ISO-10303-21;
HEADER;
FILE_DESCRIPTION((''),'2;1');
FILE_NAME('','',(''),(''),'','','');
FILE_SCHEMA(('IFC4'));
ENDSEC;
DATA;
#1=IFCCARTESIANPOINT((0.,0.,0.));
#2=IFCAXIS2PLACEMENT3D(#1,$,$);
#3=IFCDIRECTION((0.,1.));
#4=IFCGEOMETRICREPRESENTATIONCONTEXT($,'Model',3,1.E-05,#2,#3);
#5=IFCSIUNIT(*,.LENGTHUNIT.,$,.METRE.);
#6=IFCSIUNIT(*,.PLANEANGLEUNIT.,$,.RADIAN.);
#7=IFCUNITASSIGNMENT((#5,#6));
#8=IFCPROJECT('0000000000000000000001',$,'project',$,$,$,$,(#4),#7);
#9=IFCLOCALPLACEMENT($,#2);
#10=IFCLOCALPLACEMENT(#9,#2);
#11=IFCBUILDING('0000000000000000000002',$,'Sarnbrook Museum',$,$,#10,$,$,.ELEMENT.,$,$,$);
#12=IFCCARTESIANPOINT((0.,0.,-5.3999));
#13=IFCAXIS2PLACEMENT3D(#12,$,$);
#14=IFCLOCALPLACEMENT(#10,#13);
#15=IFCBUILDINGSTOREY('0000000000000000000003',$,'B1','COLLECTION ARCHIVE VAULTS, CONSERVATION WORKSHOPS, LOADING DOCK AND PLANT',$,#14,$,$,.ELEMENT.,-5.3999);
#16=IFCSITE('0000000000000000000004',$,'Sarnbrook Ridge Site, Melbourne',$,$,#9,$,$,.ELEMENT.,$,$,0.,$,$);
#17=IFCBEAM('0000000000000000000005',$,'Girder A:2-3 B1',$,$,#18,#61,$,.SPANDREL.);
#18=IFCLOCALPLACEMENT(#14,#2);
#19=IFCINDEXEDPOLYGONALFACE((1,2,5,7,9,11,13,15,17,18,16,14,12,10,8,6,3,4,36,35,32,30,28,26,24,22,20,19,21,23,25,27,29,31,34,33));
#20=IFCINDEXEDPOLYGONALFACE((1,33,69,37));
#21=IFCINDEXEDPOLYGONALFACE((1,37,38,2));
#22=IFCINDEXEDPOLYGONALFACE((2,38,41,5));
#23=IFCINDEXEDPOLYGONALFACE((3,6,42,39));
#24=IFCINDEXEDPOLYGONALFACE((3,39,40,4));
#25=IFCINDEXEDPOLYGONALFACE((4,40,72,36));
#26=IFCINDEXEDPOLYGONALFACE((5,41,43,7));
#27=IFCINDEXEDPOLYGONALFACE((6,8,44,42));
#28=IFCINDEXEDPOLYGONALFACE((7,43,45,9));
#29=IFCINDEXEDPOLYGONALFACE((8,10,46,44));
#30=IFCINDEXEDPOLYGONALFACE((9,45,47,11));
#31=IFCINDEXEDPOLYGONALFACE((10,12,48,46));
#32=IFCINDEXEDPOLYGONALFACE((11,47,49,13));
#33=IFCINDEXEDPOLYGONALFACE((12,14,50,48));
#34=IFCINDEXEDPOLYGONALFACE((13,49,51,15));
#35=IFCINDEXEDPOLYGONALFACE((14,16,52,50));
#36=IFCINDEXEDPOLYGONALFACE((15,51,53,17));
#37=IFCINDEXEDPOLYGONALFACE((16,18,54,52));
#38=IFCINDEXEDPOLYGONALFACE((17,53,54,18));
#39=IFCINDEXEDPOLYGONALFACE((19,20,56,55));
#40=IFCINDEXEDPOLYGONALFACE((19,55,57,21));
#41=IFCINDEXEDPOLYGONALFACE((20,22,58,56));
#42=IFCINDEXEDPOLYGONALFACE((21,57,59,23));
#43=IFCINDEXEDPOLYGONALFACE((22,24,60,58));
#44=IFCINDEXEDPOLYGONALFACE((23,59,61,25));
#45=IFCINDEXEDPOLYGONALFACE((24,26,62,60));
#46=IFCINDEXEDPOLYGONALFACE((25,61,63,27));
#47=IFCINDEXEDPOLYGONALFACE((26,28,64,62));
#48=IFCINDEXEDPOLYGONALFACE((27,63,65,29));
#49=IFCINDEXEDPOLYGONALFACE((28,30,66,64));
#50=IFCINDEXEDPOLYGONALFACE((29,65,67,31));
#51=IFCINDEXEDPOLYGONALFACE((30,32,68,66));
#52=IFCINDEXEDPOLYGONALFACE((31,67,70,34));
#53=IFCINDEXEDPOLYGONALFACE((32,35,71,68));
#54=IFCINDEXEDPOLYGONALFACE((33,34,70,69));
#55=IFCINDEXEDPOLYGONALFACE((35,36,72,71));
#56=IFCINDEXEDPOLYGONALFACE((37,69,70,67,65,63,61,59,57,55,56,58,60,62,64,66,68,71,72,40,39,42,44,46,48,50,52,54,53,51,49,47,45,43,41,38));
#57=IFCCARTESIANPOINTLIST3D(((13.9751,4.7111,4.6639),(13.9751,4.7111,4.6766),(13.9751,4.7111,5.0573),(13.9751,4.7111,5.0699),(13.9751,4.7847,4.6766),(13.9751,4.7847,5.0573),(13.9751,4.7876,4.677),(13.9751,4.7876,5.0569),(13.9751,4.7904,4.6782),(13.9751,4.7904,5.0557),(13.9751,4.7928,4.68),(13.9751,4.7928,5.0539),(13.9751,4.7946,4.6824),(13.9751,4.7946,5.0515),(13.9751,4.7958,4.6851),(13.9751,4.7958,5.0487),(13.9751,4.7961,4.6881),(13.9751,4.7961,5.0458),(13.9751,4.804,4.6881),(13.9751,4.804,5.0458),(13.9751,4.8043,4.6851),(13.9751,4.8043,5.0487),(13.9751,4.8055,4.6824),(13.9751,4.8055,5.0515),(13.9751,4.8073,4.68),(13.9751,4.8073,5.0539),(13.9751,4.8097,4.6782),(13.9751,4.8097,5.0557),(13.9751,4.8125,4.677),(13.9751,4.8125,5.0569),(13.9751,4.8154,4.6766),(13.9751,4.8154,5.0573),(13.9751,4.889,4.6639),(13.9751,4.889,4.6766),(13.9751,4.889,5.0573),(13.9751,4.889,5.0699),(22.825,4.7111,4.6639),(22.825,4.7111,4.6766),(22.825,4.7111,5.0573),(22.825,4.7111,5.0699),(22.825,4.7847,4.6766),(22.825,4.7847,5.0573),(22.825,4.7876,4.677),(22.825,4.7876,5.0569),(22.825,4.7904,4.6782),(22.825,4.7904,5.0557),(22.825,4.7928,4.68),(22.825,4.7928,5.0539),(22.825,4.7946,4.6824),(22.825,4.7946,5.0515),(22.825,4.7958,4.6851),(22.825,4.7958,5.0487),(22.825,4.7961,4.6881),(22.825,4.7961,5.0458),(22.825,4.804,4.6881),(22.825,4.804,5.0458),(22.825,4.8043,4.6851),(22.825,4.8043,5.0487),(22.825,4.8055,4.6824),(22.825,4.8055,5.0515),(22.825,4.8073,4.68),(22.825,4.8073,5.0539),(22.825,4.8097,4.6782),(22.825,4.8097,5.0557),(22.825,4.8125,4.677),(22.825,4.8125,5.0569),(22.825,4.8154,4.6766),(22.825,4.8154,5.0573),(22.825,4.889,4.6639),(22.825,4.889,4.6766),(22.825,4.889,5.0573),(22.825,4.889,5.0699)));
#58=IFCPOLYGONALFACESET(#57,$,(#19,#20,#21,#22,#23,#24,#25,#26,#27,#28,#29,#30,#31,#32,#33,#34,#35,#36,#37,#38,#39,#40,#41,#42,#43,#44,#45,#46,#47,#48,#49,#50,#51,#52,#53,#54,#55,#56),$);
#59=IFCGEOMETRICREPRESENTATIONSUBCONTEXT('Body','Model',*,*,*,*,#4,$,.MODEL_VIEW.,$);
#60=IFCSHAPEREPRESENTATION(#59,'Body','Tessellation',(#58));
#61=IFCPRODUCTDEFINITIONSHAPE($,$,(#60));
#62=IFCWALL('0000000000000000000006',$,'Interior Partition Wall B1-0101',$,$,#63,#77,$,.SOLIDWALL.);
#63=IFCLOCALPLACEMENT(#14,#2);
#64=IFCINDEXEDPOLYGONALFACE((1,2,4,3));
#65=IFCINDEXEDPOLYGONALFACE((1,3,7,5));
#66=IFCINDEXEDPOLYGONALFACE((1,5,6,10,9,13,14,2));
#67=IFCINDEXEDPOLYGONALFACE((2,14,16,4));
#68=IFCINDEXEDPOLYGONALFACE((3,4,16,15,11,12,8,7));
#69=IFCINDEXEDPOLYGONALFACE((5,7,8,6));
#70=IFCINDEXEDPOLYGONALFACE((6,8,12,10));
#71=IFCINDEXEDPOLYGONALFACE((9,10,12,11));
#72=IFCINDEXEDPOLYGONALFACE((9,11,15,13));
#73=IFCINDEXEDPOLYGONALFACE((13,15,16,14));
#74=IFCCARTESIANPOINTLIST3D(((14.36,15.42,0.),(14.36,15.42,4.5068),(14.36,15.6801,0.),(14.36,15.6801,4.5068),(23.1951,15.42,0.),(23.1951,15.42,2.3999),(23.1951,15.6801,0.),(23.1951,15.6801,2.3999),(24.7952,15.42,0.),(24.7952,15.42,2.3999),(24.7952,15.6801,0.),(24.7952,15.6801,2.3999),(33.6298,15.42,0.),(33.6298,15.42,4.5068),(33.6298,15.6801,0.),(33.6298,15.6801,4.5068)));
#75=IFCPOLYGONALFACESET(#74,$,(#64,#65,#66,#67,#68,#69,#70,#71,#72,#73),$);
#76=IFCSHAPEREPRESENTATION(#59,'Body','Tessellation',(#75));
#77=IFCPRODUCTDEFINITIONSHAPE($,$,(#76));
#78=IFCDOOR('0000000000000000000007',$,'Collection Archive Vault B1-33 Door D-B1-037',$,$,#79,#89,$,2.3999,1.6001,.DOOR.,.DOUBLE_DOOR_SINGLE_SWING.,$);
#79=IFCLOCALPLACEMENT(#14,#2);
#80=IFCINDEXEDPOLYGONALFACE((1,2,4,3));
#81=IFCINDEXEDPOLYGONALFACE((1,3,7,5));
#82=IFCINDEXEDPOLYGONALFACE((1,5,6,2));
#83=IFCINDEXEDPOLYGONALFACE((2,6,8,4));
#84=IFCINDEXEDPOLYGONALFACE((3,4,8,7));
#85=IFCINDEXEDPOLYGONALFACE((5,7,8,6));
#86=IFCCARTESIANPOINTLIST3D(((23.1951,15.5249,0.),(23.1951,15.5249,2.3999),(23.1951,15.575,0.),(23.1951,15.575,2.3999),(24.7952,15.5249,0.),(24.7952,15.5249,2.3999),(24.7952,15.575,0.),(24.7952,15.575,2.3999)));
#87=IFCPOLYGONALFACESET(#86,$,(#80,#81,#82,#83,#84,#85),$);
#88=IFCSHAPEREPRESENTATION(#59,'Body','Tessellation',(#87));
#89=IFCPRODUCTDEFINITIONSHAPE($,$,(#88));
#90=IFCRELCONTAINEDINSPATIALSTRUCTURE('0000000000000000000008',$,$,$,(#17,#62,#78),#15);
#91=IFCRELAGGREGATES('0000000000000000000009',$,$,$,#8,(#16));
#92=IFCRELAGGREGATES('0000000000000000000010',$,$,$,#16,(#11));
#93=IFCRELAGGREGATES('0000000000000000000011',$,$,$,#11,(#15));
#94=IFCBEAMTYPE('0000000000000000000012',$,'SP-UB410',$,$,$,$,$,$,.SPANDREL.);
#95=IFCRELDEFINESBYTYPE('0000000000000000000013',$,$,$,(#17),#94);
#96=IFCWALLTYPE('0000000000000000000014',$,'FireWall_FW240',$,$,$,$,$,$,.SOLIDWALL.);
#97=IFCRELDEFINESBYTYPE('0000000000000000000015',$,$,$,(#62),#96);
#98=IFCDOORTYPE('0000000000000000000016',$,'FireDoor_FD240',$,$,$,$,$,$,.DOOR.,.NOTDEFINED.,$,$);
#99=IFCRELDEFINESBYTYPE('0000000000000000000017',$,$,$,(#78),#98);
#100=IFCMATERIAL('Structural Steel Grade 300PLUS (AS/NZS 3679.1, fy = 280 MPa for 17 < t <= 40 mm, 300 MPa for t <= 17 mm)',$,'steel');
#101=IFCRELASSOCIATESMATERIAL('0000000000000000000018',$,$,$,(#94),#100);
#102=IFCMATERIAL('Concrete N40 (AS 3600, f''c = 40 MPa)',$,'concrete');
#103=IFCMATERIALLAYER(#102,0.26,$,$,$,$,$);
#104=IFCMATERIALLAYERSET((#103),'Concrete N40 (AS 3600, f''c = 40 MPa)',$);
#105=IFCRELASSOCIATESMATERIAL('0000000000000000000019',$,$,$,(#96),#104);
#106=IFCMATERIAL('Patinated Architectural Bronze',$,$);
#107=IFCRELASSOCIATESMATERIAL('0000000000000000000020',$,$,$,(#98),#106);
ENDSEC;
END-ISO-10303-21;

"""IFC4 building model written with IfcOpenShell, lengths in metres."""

from ifc_helpers import new_model, si_unit, direction, frame, frame_2d, origin, origin_2d, place, context, subcontext, project, spatial, rectangle, i_section, extrude, material, layer, layer_set, material_profile, profile_set, type_object, element, fill, save


model = new_model("IFC4")

# Units and contexts
model_context = context("Model", 3, precision=1e-05, world=origin(), true_north=direction((0.0, 1.0)))
body_context = subcontext(model_context, "Body", "Model", "MODEL_VIEW")
ifc_project = project(units=[si_unit("LENGTHUNIT", "METRE"), si_unit("PLANEANGLEUNIT", "RADIAN")], contexts=[model_context])

# Site, building, storey
site_placement = place(None, origin())
site = spatial("IfcSite", under=ifc_project, at=site_placement, Name="Sarnbrook Ridge Site, Melbourne", CompositionType="ELEMENT", RefElevation=0.0)
building_placement = place(site_placement, origin())
building = spatial("IfcBuilding", under=site, at=building_placement, Name="Sarnbrook Museum", CompositionType="ELEMENT")
storey_placement = place(building_placement, frame((0.0, 0.0, -5.3999)))
storey = spatial("IfcBuildingStorey", under=building, at=storey_placement, Name="B1", Description="COLLECTION ARCHIVE VAULTS, CONSERVATION WORKSHOPS, LOADING DOCK AND PLANT", CompositionType="ELEMENT", Elevation=-5.3999)

# Shared definitions
ifc_material_1 = material(Name="Concrete N40 (AS 3600, f'c = 40 MPa)", Category="concrete")

# Beam
ifc_material_2 = material(Name="Structural Steel Grade 300PLUS (AS/NZS 3679.1, fy = 280 MPa for 17 < t <= 40 mm, 300 MPa for t <= 17 mm)", Category="steel")
ifc_material_profile_1 = material_profile(ifc_material_2, i_section(OverallWidth=0.178, OverallDepth=0.406, WebThickness=0.0078, FlangeThickness=0.0127, FilletRadius=0.0115, at=origin_2d()), Name="410UB59.7")
ifc_profile_set_1 = profile_set([ifc_material_profile_1], Name="Structural Steel Grade 300PLUS (AS/NZS 3679.1, fy = 280 MPa for 17 < t <= 40 mm, 300 MPa for t <= 17 mm)")
beam_type_1 = type_object("IfcBeamType", Name="SP-UB410", PredefinedType="SPANDREL", material=ifc_profile_set_1)
beam_1_placement = place(storey_placement, frame((13.9751, 4.8, 4.8669), z_axis=(1.0, 0.0, 0.0), x_axis=(0.0, 1.0, 0.0)))
element("IfcBeam", 1, at=beam_1_placement, inside=storey, type_object=beam_type_1, Name="Girder A:2-3 B1", PredefinedType="SPANDREL", context=body_context, shape_type="SweptSolid", body=[
    extrude(i_section(OverallWidth=0.178, OverallDepth=0.406, WebThickness=0.0078, FlangeThickness=0.0127, FilletRadius=0.0115, at=origin_2d()), origin(), (0.0, 0.0, 1.0), 8.8499),
])

# Wall, opening, door
ifc_layer_1 = layer(ifc_material_1, 0.26)
ifc_layer_set_1 = layer_set([ifc_layer_1], Name="Concrete N40 (AS 3600, f'c = 40 MPa)")
wall_type = type_object("IfcWallType", Name="FireWall_FW240", PredefinedType="SOLIDWALL", material=ifc_layer_set_1)
wall_placement = place(storey_placement, frame((14.3601, 15.55, 0.0), z_axis=(0.0, 0.0, 1.0), x_axis=(1.0, 0.0, 0.0)))
wall = element("IfcWall", 2, at=wall_placement, inside=storey, type_object=wall_type, Name="Interior Partition Wall B1-0101", PredefinedType="SOLIDWALL", context=body_context, shape_type="SweptSolid", body=[
    extrude(rectangle(XDim=19.2698, YDim=0.26, at=frame_2d((9.6348, 0.0))), origin(), (0.0, 0.0, 1.0), 4.5068),
])
opening_placement = place(wall_placement, frame((8.835, 0.0, 0.0)))
opening = element("IfcOpeningElement", 3, at=opening_placement, cuts=wall, PredefinedType="OPENING", context=body_context, shape_type="SweptSolid", body=[
    extrude(rectangle(XDim=1.6001, YDim=2.3999, at=frame_2d((0.8, 1.2))), frame((0.0, 0.1401, 0.0), z_axis=(0.0, -1.0, 0.0), x_axis=(1.0, 0.0, 0.0)), (0.0, 0.0, 1.0), 0.28),
])
ifc_material_3 = material(Name="Patinated Architectural Bronze")
door_type = type_object("IfcDoorType", Name="FireDoor_FD240", OperationType="NOTDEFINED", PredefinedType="DOOR", material=ifc_material_3)
door_placement = place(opening_placement, origin())
door = element("IfcDoor", 4, at=door_placement, inside=storey, type_object=door_type, Name="Collection Archive Vault B1-33 Door D-B1-037", OperationType="DOUBLE_DOOR_SINGLE_SWING", OverallHeight=2.3999, OverallWidth=1.6001, PredefinedType="DOOR", context=body_context, shape_type="SweptSolid", body=[
    extrude(rectangle(XDim=1.6001, YDim=2.3999, at=frame_2d((0.8, 1.2))), frame((0.0, 0.0249, 0.0), z_axis=(0.0, -1.0, 0.0), x_axis=(1.0, 0.0, 0.0)), (0.0, 0.0, 1.0), 0.05),
])
fill(opening, door)

save(model, "model.ifc")
